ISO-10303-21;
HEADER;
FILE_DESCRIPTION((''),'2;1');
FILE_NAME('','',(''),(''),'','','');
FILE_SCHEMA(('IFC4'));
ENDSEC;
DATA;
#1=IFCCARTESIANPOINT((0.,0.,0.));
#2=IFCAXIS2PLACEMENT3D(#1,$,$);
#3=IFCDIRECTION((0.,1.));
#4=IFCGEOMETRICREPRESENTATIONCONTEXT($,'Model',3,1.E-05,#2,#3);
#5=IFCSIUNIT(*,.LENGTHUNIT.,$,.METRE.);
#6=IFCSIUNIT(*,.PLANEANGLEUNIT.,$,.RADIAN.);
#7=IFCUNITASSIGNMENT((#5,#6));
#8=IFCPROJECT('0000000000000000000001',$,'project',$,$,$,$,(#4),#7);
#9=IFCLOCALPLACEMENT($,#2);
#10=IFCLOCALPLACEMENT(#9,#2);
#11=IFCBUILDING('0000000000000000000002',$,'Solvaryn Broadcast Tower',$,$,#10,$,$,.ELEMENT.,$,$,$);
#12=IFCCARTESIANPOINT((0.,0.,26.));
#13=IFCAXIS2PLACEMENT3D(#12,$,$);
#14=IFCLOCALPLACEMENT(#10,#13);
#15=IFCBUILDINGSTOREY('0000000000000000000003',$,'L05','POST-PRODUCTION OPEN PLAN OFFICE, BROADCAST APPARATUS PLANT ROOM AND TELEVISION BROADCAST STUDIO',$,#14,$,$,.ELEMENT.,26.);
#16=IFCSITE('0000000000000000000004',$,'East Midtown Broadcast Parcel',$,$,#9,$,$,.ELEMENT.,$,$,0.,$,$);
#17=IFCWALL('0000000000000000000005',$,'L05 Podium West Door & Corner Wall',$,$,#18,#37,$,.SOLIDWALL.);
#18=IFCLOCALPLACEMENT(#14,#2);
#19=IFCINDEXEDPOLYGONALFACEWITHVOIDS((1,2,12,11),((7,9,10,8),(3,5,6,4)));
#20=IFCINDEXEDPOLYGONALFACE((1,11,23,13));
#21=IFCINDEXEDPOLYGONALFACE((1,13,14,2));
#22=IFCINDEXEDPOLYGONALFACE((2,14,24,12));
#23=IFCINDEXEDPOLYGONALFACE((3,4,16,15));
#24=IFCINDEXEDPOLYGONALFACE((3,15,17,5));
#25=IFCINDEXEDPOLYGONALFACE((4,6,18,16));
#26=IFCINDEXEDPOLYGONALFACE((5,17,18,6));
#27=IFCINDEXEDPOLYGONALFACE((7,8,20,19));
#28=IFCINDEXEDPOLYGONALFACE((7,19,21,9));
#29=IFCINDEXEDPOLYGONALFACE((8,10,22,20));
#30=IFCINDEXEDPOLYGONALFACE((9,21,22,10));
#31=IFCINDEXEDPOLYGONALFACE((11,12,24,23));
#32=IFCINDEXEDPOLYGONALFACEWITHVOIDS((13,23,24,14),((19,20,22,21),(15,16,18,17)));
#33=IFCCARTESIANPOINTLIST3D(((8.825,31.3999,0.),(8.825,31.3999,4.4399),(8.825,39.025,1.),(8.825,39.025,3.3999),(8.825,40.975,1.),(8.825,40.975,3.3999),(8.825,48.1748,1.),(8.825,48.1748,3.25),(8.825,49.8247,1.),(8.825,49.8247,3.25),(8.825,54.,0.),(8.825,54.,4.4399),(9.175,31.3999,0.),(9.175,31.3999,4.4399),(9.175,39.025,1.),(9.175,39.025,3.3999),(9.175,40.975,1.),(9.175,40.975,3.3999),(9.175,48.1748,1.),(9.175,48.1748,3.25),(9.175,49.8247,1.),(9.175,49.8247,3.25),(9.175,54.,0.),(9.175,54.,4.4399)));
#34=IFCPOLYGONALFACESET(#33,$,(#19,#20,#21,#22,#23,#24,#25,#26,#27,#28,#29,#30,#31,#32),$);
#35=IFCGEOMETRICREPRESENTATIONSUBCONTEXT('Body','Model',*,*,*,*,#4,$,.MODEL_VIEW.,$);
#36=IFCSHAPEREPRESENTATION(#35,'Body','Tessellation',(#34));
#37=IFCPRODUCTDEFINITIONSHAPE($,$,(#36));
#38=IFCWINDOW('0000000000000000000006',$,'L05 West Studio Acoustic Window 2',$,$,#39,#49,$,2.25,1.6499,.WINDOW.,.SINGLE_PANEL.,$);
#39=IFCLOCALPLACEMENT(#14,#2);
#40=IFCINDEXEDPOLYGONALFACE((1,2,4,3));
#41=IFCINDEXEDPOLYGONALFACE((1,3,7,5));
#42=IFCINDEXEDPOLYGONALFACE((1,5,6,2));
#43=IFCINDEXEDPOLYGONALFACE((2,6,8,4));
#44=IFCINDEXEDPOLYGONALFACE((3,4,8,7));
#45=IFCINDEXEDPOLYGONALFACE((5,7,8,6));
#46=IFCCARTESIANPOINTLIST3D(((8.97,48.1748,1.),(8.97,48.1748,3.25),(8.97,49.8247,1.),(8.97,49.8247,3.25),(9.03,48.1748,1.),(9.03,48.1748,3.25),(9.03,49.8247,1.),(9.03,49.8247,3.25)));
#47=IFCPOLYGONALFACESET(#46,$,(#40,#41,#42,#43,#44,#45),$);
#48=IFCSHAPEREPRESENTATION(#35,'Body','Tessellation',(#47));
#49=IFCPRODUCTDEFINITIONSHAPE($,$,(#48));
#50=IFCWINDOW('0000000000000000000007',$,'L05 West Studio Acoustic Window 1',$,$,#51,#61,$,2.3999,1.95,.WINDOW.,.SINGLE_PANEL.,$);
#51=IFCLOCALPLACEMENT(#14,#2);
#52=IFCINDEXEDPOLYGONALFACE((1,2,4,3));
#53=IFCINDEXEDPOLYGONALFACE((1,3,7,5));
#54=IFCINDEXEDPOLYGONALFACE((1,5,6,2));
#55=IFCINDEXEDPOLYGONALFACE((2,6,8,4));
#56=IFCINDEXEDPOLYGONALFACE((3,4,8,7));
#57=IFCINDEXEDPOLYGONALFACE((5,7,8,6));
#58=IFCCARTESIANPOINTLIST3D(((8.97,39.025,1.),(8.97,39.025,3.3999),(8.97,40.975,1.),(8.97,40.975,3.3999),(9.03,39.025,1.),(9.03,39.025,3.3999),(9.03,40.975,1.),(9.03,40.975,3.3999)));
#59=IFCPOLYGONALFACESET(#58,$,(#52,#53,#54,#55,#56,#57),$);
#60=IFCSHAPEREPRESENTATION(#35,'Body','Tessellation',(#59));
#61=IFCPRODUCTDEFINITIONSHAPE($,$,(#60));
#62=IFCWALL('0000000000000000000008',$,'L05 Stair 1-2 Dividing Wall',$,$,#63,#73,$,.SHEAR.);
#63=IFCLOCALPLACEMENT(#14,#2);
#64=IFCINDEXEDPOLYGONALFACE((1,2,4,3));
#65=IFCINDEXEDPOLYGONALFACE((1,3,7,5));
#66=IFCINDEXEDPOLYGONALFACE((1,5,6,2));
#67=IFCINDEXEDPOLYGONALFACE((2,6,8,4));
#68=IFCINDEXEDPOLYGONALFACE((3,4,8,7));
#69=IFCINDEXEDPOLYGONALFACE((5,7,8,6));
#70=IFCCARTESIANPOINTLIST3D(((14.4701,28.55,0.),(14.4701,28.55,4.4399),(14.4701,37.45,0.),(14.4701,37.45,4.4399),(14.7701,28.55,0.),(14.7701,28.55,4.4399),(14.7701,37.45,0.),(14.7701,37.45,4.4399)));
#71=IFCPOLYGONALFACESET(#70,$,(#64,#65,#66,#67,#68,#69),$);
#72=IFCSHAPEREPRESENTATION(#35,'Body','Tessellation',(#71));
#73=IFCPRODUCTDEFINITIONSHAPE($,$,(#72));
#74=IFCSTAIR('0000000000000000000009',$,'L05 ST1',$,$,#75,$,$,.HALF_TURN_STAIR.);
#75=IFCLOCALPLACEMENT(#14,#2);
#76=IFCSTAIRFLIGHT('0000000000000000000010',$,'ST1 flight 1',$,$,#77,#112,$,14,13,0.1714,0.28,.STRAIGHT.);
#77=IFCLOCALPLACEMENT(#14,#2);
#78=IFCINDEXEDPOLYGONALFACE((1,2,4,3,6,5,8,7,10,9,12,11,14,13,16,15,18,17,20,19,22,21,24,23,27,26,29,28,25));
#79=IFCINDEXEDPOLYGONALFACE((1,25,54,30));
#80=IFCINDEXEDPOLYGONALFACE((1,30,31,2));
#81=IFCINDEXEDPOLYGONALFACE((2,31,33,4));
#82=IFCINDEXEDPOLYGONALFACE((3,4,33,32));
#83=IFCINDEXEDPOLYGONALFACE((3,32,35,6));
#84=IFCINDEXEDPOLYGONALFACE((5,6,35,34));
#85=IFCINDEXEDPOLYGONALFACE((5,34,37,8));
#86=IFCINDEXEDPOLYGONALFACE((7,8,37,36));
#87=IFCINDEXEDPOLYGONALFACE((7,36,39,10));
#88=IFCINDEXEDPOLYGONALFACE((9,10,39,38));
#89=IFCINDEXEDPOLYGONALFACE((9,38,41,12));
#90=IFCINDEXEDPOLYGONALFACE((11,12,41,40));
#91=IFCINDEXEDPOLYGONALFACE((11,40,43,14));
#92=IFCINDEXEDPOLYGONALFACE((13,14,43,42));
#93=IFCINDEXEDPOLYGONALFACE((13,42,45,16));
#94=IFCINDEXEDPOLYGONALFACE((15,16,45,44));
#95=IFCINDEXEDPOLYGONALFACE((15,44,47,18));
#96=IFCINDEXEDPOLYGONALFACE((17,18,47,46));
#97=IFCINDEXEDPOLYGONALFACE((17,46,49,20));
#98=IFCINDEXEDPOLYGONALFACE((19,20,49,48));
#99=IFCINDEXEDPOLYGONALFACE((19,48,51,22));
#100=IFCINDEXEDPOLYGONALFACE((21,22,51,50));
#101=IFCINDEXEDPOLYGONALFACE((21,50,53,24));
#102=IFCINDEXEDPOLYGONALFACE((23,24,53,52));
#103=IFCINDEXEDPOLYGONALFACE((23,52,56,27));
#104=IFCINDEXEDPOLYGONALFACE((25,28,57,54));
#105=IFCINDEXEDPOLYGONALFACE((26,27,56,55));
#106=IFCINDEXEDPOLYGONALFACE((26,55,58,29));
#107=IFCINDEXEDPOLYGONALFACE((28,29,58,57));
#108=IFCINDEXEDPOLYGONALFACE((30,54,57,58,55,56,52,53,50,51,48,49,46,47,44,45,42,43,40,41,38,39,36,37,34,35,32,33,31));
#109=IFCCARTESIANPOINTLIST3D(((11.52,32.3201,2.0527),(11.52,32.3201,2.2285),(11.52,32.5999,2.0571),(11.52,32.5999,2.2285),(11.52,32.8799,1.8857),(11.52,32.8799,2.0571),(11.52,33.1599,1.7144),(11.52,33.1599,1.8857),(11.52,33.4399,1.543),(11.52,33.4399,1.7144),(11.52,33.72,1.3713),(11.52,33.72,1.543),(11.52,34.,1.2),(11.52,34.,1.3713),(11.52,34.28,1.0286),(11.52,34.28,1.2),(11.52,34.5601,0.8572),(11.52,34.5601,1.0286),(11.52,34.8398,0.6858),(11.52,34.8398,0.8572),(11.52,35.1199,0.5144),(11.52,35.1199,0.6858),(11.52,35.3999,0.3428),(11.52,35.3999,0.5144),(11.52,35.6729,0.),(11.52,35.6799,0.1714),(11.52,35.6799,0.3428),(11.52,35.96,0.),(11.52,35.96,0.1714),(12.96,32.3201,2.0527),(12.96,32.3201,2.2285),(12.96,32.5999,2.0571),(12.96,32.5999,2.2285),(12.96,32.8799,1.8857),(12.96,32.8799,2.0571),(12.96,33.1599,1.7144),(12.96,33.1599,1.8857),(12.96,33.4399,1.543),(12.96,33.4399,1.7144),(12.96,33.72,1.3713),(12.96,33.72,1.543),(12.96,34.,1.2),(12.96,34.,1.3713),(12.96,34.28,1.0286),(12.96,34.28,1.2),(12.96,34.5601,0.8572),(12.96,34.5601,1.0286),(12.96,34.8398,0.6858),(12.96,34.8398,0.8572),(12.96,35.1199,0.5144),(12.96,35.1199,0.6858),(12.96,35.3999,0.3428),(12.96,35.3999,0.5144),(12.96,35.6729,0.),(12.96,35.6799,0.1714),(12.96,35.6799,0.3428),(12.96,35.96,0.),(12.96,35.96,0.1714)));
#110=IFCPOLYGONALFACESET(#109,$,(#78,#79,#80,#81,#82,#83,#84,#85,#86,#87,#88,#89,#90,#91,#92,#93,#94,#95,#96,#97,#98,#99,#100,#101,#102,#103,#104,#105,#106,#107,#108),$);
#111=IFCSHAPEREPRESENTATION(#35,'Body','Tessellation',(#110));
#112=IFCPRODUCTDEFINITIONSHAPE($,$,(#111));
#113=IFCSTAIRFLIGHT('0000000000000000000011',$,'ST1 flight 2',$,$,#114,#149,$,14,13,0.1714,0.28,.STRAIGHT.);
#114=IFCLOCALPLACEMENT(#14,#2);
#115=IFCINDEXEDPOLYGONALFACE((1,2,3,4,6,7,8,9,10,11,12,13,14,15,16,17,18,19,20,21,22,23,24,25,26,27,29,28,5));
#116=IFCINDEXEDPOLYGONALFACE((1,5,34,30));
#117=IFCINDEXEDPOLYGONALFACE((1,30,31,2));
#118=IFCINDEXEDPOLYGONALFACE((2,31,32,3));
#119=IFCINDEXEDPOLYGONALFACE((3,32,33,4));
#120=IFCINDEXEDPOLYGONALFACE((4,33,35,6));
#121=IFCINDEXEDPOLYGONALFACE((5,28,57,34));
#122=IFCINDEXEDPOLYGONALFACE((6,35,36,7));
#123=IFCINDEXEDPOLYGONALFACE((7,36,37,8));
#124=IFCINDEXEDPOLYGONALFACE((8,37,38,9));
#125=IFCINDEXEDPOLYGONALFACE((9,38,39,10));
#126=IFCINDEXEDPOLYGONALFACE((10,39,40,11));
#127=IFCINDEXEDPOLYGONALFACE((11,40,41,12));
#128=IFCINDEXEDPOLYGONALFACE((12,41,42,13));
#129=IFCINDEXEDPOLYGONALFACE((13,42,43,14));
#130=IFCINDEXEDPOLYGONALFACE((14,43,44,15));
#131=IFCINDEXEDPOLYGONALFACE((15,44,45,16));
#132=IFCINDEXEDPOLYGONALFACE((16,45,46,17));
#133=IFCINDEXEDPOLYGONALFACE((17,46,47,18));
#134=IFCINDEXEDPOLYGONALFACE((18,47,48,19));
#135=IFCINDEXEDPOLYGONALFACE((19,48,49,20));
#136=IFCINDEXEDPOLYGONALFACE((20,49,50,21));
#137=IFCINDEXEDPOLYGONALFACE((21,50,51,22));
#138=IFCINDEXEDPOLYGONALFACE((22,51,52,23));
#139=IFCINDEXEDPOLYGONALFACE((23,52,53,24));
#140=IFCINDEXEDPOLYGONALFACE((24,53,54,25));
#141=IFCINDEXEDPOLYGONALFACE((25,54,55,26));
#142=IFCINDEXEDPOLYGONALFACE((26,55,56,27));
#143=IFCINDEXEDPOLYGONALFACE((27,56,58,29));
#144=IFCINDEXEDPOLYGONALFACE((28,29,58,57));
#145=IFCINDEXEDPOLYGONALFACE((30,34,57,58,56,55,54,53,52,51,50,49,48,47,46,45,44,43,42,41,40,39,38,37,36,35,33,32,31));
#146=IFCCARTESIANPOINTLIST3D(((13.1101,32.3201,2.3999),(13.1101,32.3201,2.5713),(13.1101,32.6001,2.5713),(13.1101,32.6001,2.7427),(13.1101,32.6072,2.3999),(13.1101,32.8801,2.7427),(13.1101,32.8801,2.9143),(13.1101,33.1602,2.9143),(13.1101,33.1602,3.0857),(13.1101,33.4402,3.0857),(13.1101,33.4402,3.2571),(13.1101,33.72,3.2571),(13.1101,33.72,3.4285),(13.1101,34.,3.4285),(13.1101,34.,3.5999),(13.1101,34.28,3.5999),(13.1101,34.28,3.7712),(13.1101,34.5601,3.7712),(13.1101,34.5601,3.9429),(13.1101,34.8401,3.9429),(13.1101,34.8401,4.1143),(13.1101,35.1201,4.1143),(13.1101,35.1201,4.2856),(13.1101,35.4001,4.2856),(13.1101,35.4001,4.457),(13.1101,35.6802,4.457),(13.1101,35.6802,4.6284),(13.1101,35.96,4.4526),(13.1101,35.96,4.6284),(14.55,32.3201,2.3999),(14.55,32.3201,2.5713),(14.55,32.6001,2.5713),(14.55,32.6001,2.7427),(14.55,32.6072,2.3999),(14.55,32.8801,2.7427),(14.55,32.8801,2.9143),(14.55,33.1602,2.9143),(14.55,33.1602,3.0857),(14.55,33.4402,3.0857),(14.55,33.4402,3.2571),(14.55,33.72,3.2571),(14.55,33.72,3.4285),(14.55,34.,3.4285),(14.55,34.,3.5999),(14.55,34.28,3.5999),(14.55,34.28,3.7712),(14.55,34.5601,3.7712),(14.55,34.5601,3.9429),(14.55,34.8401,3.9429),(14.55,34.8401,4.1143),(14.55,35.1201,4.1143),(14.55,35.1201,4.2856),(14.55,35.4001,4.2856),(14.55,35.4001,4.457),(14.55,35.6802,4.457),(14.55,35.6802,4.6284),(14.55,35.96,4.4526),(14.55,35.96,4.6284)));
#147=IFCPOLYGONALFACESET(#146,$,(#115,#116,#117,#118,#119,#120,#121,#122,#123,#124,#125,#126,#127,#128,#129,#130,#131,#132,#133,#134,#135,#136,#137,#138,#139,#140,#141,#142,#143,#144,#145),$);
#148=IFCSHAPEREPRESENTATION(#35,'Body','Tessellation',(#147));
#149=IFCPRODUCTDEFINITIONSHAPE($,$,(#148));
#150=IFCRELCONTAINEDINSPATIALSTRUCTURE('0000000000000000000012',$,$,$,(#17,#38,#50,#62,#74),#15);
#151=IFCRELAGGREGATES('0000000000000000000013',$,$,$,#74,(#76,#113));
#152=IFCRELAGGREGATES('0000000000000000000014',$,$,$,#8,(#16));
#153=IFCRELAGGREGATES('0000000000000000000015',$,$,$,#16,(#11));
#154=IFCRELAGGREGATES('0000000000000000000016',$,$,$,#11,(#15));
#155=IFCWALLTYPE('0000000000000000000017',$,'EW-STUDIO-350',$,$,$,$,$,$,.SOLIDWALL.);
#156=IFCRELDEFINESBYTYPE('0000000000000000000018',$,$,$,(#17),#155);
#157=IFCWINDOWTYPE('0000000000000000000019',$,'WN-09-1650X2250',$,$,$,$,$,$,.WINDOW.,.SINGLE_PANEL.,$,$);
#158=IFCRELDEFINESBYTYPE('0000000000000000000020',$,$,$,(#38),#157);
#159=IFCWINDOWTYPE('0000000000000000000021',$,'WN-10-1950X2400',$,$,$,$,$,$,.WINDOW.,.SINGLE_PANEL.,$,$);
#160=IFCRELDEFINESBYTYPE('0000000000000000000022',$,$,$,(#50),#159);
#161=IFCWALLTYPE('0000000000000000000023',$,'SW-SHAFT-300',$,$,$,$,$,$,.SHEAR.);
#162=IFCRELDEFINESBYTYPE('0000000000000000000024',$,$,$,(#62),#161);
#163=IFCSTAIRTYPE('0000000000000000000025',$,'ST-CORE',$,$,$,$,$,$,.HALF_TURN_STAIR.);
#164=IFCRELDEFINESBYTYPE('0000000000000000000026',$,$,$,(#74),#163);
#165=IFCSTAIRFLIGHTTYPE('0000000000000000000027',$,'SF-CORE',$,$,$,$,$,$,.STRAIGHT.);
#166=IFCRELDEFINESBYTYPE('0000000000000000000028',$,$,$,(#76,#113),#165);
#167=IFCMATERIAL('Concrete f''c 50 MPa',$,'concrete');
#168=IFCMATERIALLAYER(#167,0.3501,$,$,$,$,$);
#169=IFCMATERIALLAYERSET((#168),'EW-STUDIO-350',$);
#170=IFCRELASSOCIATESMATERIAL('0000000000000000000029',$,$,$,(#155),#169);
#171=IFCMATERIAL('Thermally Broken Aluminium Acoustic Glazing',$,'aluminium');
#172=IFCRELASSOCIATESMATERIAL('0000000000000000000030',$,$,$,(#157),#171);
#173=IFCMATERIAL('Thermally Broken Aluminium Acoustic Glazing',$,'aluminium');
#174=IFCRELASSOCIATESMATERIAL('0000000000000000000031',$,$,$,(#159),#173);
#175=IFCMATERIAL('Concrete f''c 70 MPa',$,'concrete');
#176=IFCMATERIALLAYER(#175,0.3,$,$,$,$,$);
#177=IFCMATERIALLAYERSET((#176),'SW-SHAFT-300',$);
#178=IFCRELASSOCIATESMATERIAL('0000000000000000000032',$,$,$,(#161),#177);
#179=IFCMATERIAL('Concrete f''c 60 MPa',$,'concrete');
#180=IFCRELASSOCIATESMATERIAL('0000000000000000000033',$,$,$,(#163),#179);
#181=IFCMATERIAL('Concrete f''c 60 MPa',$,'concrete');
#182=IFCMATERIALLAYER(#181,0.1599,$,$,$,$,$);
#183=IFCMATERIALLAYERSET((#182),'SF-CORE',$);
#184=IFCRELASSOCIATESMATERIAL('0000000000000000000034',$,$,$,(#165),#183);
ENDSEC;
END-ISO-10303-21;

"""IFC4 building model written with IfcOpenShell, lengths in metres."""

from ifc_helpers import new_model, si_unit, direction, frame, frame_2d, origin, place, context, subcontext, project, spatial, polyline, rectangle, outline, extrude, material, layer, layer_set, type_object, element, fill, aggregate, save


model = new_model("IFC4")

# Units and contexts
model_context = context("Model", 3, precision=1e-05, world=origin(), true_north=direction((0.0, 1.0)))
body_context = subcontext(model_context, "Body", "Model", "MODEL_VIEW")
ifc_project = project(units=[si_unit("LENGTHUNIT", "METRE"), si_unit("PLANEANGLEUNIT", "RADIAN")], contexts=[model_context])

# Site, building, storey
site_placement = place(None, origin())
site = spatial("IfcSite", under=ifc_project, at=site_placement, Name="East Midtown Broadcast Parcel", CompositionType="ELEMENT", RefElevation=0.0)
building_placement = place(site_placement, origin())
building = spatial("IfcBuilding", under=site, at=building_placement, Name="Solvaryn Broadcast Tower", CompositionType="ELEMENT")
storey_placement = place(building_placement, frame((0.0, 0.0, 26.0)))
storey = spatial("IfcBuildingStorey", under=building, at=storey_placement, Name="L05", Description="POST-PRODUCTION OPEN PLAN OFFICE, BROADCAST APPARATUS PLANT ROOM AND TELEVISION BROADCAST STUDIO", CompositionType="ELEMENT", Elevation=26.0)

# Wall, openings, windows
ifc_material_1 = material(Name="Concrete f'c 50 MPa", Category="concrete")
ifc_layer_1 = layer(ifc_material_1, 0.3501)
ifc_layer_set_1 = layer_set([ifc_layer_1], Name="EW-STUDIO-350")
wall_type_1 = type_object("IfcWallType", Name="EW-STUDIO-350", PredefinedType="SOLIDWALL", material=ifc_layer_set_1)
wall_1_placement = place(storey_placement, frame((9.0, 31.3999, 0.0), z_axis=(0.0, 0.0, 1.0), x_axis=(0.0, 1.0, 0.0)))
wall_1 = element("IfcWall", 1, at=wall_1_placement, inside=storey, type_object=wall_type_1, Name="L05 Podium West Door & Corner Wall", PredefinedType="SOLIDWALL", context=body_context, shape_type="SweptSolid", body=[
    extrude(rectangle(XDim=22.6001, YDim=0.3501, at=frame_2d((11.3, 0.0))), origin(), (0.0, 0.0, 1.0), 4.4399),
])
opening_1_placement = place(wall_1_placement, frame((7.625, 0.0, 1.0)))
opening_1 = element("IfcOpeningElement", 2, at=opening_1_placement, cuts=wall_1, PredefinedType="OPENING", context=body_context, shape_type="SweptSolid", body=[
    extrude(rectangle(XDim=1.95, YDim=2.3999, at=frame_2d((0.9751, 1.2))), frame((0.0, 0.1851, 0.0), z_axis=(0.0, -1.0, 0.0), x_axis=(1.0, 0.0, 0.0)), (0.0, 0.0, 1.0), 0.3701),
])
opening_2_placement = place(wall_1_placement, frame((16.7749, 0.0, 1.0)))
opening_2 = element("IfcOpeningElement", 3, at=opening_2_placement, cuts=wall_1, PredefinedType="OPENING", context=body_context, shape_type="SweptSolid", body=[
    extrude(rectangle(XDim=1.6499, YDim=2.25, at=frame_2d((0.825, 1.125))), frame((0.0, 0.1851, 0.0), z_axis=(0.0, -1.0, 0.0), x_axis=(1.0, 0.0, 0.0)), (0.0, 0.0, 1.0), 0.3701),
])
ifc_material_2 = material(Name="Thermally Broken Aluminium Acoustic Glazing", Category="aluminium")
window_type_1 = type_object("IfcWindowType", Name="WN-09-1650X2250", PartitioningType="SINGLE_PANEL", PredefinedType="WINDOW", material=ifc_material_2)
window_1_placement = place(opening_2_placement, origin())
window_1 = element("IfcWindow", 4, at=window_1_placement, inside=storey, type_object=window_type_1, Name="L05 West Studio Acoustic Window 2", OverallHeight=2.25, OverallWidth=1.6499, PartitioningType="SINGLE_PANEL", PredefinedType="WINDOW", context=body_context, shape_type="SweptSolid", body=[
    extrude(rectangle(XDim=1.6499, YDim=2.25, at=frame_2d((0.825, 1.125))), frame((0.0, 0.03, 0.0), z_axis=(0.0, -1.0, 0.0), x_axis=(1.0, 0.0, 0.0)), (0.0, 0.0, 1.0), 0.0601),
])
fill(opening_2, window_1)
ifc_material_3 = material(Name="Thermally Broken Aluminium Acoustic Glazing", Category="aluminium")
window_type_2 = type_object("IfcWindowType", Name="WN-10-1950X2400", PartitioningType="SINGLE_PANEL", PredefinedType="WINDOW", material=ifc_material_3)
window_2_placement = place(opening_1_placement, origin())
window_2 = element("IfcWindow", 5, at=window_2_placement, inside=storey, type_object=window_type_2, Name="L05 West Studio Acoustic Window 1", OverallHeight=2.3999, OverallWidth=1.95, PartitioningType="SINGLE_PANEL", PredefinedType="WINDOW", context=body_context, shape_type="SweptSolid", body=[
    extrude(rectangle(XDim=1.95, YDim=2.3999, at=frame_2d((0.9751, 1.2))), frame((0.0, 0.03, 0.0), z_axis=(0.0, -1.0, 0.0), x_axis=(1.0, 0.0, 0.0)), (0.0, 0.0, 1.0), 0.0601),
])
fill(opening_1, window_2)

# Wall
ifc_material_4 = material(Name="Concrete f'c 70 MPa", Category="concrete")
ifc_layer_2 = layer(ifc_material_4, 0.3)
ifc_layer_set_2 = layer_set([ifc_layer_2], Name="SW-SHAFT-300")
wall_type_2 = type_object("IfcWallType", Name="SW-SHAFT-300", PredefinedType="SHEAR", material=ifc_layer_set_2)
wall_2_placement = place(storey_placement, frame((14.6201, 28.55, 0.0), z_axis=(0.0, 0.0, 1.0), x_axis=(0.0, 1.0, 0.0)))
element("IfcWall", 6, at=wall_2_placement, inside=storey, type_object=wall_type_2, Name="L05 Stair 1-2 Dividing Wall", PredefinedType="SHEAR", context=body_context, shape_type="SweptSolid", body=[
    extrude(rectangle(XDim=8.8999, YDim=0.3, at=frame_2d((4.45, 0.0))), origin(), (0.0, 0.0, 1.0), 4.4399),
])

# Stair, stair flights
ifc_material_5 = material(Name="Concrete f'c 60 MPa", Category="concrete")
stair_type = type_object("IfcStairType", Name="ST-CORE", PredefinedType="HALF_TURN_STAIR", material=ifc_material_5)
stair_1_placement = place(storey_placement, origin())
stair_1 = element("IfcStair", 7, at=stair_1_placement, inside=storey, type_object=stair_type, Name="L05 ST1", PredefinedType="HALF_TURN_STAIR")
ifc_material_6 = material(Name="Concrete f'c 60 MPa", Category="concrete")
ifc_layer_3 = layer(ifc_material_6, 0.1599)
ifc_layer_set_3 = layer_set([ifc_layer_3], Name="SF-CORE")
stair_flight_type = type_object("IfcStairFlightType", Name="SF-CORE", PredefinedType="STRAIGHT", material=ifc_layer_set_3)
stair_flight_1_placement = place(storey_placement, frame((12.24, 35.96, 0.0), z_axis=(0.0, 0.0, 1.0), x_axis=(0.0, -1.0, 0.0)))
stair_flight_1 = element("IfcStairFlight", 8, at=stair_flight_1_placement, type_object=stair_flight_type, Name="ST1 flight 1", NumberOfRisers=14, NumberOfTreads=13, PredefinedType="STRAIGHT", RiserHeight=0.1714, TreadLength=0.28, context=body_context, shape_type="SweptSolid", body=[
    extrude(outline(polyline([(0.0, 0.0), (0.0, 0.1714), (0.28, 0.1714), (0.28, 0.3428), (0.5601, 0.3428), (0.5601, 0.5144), (0.8401, 0.5144), (0.8401, 0.6858), (1.1201, 0.6858), (1.1201, 0.8572), (1.3999, 0.8572), (1.3999, 1.0286), (1.6799, 1.0286), (1.6799, 1.2), (1.96, 1.2), (1.96, 1.3713), (2.24, 1.3713), (2.24, 1.543), (2.52, 1.543), (2.52, 1.7144), (2.8, 1.7144), (2.8, 1.8857), (3.0801, 1.8857), (3.0801, 2.0571), (3.3601, 2.0571), (3.3601, 2.2285), (3.6399, 2.2285), (3.6399, 2.3999), (3.6399, 2.0527), (0.2871, 0.0), (0.0, 0.0)])), frame((0.0, 0.72, 0.0), z_axis=(0.0, -1.0, 0.0), x_axis=(1.0, 0.0, 0.0)), (0.0, 0.0, 1.0), 1.4399),
])
stair_flight_2_placement = place(storey_placement, frame((13.8301, 32.3201, 2.3999), z_axis=(0.0, 0.0, 1.0), x_axis=(0.0, 1.0, 0.0)))
stair_flight_2 = element("IfcStairFlight", 9, at=stair_flight_2_placement, type_object=stair_flight_type, Name="ST1 flight 2", NumberOfRisers=14, NumberOfTreads=13, PredefinedType="STRAIGHT", RiserHeight=0.1714, TreadLength=0.28, context=body_context, shape_type="SweptSolid", body=[
    extrude(outline(polyline([(0.0, 0.0), (0.0, 0.1714), (0.28, 0.1714), (0.28, 0.3428), (0.5601, 0.3428), (0.5601, 0.5144), (0.8401, 0.5144), (0.8401, 0.6858), (1.1201, 0.6858), (1.1201, 0.8572), (1.3999, 0.8572), (1.3999, 1.0286), (1.6799, 1.0286), (1.6799, 1.2), (1.96, 1.2), (1.96, 1.3713), (2.24, 1.3713), (2.24, 1.543), (2.52, 1.543), (2.52, 1.7144), (2.8, 1.7144), (2.8, 1.8857), (3.0801, 1.8857), (3.0801, 2.0571), (3.3601, 2.0571), (3.3601, 2.2285), (3.6399, 2.2285), (3.6399, 2.3999), (3.6399, 2.0527), (0.2871, 0.0), (0.0, 0.0)])), frame((0.0, 0.72, 0.0), z_axis=(0.0, -1.0, 0.0), x_axis=(1.0, 0.0, 0.0)), (0.0, 0.0, 1.0), 1.4399),
])
aggregate(stair_1, [stair_flight_1, stair_flight_2])

save(model, "model.ifc")
